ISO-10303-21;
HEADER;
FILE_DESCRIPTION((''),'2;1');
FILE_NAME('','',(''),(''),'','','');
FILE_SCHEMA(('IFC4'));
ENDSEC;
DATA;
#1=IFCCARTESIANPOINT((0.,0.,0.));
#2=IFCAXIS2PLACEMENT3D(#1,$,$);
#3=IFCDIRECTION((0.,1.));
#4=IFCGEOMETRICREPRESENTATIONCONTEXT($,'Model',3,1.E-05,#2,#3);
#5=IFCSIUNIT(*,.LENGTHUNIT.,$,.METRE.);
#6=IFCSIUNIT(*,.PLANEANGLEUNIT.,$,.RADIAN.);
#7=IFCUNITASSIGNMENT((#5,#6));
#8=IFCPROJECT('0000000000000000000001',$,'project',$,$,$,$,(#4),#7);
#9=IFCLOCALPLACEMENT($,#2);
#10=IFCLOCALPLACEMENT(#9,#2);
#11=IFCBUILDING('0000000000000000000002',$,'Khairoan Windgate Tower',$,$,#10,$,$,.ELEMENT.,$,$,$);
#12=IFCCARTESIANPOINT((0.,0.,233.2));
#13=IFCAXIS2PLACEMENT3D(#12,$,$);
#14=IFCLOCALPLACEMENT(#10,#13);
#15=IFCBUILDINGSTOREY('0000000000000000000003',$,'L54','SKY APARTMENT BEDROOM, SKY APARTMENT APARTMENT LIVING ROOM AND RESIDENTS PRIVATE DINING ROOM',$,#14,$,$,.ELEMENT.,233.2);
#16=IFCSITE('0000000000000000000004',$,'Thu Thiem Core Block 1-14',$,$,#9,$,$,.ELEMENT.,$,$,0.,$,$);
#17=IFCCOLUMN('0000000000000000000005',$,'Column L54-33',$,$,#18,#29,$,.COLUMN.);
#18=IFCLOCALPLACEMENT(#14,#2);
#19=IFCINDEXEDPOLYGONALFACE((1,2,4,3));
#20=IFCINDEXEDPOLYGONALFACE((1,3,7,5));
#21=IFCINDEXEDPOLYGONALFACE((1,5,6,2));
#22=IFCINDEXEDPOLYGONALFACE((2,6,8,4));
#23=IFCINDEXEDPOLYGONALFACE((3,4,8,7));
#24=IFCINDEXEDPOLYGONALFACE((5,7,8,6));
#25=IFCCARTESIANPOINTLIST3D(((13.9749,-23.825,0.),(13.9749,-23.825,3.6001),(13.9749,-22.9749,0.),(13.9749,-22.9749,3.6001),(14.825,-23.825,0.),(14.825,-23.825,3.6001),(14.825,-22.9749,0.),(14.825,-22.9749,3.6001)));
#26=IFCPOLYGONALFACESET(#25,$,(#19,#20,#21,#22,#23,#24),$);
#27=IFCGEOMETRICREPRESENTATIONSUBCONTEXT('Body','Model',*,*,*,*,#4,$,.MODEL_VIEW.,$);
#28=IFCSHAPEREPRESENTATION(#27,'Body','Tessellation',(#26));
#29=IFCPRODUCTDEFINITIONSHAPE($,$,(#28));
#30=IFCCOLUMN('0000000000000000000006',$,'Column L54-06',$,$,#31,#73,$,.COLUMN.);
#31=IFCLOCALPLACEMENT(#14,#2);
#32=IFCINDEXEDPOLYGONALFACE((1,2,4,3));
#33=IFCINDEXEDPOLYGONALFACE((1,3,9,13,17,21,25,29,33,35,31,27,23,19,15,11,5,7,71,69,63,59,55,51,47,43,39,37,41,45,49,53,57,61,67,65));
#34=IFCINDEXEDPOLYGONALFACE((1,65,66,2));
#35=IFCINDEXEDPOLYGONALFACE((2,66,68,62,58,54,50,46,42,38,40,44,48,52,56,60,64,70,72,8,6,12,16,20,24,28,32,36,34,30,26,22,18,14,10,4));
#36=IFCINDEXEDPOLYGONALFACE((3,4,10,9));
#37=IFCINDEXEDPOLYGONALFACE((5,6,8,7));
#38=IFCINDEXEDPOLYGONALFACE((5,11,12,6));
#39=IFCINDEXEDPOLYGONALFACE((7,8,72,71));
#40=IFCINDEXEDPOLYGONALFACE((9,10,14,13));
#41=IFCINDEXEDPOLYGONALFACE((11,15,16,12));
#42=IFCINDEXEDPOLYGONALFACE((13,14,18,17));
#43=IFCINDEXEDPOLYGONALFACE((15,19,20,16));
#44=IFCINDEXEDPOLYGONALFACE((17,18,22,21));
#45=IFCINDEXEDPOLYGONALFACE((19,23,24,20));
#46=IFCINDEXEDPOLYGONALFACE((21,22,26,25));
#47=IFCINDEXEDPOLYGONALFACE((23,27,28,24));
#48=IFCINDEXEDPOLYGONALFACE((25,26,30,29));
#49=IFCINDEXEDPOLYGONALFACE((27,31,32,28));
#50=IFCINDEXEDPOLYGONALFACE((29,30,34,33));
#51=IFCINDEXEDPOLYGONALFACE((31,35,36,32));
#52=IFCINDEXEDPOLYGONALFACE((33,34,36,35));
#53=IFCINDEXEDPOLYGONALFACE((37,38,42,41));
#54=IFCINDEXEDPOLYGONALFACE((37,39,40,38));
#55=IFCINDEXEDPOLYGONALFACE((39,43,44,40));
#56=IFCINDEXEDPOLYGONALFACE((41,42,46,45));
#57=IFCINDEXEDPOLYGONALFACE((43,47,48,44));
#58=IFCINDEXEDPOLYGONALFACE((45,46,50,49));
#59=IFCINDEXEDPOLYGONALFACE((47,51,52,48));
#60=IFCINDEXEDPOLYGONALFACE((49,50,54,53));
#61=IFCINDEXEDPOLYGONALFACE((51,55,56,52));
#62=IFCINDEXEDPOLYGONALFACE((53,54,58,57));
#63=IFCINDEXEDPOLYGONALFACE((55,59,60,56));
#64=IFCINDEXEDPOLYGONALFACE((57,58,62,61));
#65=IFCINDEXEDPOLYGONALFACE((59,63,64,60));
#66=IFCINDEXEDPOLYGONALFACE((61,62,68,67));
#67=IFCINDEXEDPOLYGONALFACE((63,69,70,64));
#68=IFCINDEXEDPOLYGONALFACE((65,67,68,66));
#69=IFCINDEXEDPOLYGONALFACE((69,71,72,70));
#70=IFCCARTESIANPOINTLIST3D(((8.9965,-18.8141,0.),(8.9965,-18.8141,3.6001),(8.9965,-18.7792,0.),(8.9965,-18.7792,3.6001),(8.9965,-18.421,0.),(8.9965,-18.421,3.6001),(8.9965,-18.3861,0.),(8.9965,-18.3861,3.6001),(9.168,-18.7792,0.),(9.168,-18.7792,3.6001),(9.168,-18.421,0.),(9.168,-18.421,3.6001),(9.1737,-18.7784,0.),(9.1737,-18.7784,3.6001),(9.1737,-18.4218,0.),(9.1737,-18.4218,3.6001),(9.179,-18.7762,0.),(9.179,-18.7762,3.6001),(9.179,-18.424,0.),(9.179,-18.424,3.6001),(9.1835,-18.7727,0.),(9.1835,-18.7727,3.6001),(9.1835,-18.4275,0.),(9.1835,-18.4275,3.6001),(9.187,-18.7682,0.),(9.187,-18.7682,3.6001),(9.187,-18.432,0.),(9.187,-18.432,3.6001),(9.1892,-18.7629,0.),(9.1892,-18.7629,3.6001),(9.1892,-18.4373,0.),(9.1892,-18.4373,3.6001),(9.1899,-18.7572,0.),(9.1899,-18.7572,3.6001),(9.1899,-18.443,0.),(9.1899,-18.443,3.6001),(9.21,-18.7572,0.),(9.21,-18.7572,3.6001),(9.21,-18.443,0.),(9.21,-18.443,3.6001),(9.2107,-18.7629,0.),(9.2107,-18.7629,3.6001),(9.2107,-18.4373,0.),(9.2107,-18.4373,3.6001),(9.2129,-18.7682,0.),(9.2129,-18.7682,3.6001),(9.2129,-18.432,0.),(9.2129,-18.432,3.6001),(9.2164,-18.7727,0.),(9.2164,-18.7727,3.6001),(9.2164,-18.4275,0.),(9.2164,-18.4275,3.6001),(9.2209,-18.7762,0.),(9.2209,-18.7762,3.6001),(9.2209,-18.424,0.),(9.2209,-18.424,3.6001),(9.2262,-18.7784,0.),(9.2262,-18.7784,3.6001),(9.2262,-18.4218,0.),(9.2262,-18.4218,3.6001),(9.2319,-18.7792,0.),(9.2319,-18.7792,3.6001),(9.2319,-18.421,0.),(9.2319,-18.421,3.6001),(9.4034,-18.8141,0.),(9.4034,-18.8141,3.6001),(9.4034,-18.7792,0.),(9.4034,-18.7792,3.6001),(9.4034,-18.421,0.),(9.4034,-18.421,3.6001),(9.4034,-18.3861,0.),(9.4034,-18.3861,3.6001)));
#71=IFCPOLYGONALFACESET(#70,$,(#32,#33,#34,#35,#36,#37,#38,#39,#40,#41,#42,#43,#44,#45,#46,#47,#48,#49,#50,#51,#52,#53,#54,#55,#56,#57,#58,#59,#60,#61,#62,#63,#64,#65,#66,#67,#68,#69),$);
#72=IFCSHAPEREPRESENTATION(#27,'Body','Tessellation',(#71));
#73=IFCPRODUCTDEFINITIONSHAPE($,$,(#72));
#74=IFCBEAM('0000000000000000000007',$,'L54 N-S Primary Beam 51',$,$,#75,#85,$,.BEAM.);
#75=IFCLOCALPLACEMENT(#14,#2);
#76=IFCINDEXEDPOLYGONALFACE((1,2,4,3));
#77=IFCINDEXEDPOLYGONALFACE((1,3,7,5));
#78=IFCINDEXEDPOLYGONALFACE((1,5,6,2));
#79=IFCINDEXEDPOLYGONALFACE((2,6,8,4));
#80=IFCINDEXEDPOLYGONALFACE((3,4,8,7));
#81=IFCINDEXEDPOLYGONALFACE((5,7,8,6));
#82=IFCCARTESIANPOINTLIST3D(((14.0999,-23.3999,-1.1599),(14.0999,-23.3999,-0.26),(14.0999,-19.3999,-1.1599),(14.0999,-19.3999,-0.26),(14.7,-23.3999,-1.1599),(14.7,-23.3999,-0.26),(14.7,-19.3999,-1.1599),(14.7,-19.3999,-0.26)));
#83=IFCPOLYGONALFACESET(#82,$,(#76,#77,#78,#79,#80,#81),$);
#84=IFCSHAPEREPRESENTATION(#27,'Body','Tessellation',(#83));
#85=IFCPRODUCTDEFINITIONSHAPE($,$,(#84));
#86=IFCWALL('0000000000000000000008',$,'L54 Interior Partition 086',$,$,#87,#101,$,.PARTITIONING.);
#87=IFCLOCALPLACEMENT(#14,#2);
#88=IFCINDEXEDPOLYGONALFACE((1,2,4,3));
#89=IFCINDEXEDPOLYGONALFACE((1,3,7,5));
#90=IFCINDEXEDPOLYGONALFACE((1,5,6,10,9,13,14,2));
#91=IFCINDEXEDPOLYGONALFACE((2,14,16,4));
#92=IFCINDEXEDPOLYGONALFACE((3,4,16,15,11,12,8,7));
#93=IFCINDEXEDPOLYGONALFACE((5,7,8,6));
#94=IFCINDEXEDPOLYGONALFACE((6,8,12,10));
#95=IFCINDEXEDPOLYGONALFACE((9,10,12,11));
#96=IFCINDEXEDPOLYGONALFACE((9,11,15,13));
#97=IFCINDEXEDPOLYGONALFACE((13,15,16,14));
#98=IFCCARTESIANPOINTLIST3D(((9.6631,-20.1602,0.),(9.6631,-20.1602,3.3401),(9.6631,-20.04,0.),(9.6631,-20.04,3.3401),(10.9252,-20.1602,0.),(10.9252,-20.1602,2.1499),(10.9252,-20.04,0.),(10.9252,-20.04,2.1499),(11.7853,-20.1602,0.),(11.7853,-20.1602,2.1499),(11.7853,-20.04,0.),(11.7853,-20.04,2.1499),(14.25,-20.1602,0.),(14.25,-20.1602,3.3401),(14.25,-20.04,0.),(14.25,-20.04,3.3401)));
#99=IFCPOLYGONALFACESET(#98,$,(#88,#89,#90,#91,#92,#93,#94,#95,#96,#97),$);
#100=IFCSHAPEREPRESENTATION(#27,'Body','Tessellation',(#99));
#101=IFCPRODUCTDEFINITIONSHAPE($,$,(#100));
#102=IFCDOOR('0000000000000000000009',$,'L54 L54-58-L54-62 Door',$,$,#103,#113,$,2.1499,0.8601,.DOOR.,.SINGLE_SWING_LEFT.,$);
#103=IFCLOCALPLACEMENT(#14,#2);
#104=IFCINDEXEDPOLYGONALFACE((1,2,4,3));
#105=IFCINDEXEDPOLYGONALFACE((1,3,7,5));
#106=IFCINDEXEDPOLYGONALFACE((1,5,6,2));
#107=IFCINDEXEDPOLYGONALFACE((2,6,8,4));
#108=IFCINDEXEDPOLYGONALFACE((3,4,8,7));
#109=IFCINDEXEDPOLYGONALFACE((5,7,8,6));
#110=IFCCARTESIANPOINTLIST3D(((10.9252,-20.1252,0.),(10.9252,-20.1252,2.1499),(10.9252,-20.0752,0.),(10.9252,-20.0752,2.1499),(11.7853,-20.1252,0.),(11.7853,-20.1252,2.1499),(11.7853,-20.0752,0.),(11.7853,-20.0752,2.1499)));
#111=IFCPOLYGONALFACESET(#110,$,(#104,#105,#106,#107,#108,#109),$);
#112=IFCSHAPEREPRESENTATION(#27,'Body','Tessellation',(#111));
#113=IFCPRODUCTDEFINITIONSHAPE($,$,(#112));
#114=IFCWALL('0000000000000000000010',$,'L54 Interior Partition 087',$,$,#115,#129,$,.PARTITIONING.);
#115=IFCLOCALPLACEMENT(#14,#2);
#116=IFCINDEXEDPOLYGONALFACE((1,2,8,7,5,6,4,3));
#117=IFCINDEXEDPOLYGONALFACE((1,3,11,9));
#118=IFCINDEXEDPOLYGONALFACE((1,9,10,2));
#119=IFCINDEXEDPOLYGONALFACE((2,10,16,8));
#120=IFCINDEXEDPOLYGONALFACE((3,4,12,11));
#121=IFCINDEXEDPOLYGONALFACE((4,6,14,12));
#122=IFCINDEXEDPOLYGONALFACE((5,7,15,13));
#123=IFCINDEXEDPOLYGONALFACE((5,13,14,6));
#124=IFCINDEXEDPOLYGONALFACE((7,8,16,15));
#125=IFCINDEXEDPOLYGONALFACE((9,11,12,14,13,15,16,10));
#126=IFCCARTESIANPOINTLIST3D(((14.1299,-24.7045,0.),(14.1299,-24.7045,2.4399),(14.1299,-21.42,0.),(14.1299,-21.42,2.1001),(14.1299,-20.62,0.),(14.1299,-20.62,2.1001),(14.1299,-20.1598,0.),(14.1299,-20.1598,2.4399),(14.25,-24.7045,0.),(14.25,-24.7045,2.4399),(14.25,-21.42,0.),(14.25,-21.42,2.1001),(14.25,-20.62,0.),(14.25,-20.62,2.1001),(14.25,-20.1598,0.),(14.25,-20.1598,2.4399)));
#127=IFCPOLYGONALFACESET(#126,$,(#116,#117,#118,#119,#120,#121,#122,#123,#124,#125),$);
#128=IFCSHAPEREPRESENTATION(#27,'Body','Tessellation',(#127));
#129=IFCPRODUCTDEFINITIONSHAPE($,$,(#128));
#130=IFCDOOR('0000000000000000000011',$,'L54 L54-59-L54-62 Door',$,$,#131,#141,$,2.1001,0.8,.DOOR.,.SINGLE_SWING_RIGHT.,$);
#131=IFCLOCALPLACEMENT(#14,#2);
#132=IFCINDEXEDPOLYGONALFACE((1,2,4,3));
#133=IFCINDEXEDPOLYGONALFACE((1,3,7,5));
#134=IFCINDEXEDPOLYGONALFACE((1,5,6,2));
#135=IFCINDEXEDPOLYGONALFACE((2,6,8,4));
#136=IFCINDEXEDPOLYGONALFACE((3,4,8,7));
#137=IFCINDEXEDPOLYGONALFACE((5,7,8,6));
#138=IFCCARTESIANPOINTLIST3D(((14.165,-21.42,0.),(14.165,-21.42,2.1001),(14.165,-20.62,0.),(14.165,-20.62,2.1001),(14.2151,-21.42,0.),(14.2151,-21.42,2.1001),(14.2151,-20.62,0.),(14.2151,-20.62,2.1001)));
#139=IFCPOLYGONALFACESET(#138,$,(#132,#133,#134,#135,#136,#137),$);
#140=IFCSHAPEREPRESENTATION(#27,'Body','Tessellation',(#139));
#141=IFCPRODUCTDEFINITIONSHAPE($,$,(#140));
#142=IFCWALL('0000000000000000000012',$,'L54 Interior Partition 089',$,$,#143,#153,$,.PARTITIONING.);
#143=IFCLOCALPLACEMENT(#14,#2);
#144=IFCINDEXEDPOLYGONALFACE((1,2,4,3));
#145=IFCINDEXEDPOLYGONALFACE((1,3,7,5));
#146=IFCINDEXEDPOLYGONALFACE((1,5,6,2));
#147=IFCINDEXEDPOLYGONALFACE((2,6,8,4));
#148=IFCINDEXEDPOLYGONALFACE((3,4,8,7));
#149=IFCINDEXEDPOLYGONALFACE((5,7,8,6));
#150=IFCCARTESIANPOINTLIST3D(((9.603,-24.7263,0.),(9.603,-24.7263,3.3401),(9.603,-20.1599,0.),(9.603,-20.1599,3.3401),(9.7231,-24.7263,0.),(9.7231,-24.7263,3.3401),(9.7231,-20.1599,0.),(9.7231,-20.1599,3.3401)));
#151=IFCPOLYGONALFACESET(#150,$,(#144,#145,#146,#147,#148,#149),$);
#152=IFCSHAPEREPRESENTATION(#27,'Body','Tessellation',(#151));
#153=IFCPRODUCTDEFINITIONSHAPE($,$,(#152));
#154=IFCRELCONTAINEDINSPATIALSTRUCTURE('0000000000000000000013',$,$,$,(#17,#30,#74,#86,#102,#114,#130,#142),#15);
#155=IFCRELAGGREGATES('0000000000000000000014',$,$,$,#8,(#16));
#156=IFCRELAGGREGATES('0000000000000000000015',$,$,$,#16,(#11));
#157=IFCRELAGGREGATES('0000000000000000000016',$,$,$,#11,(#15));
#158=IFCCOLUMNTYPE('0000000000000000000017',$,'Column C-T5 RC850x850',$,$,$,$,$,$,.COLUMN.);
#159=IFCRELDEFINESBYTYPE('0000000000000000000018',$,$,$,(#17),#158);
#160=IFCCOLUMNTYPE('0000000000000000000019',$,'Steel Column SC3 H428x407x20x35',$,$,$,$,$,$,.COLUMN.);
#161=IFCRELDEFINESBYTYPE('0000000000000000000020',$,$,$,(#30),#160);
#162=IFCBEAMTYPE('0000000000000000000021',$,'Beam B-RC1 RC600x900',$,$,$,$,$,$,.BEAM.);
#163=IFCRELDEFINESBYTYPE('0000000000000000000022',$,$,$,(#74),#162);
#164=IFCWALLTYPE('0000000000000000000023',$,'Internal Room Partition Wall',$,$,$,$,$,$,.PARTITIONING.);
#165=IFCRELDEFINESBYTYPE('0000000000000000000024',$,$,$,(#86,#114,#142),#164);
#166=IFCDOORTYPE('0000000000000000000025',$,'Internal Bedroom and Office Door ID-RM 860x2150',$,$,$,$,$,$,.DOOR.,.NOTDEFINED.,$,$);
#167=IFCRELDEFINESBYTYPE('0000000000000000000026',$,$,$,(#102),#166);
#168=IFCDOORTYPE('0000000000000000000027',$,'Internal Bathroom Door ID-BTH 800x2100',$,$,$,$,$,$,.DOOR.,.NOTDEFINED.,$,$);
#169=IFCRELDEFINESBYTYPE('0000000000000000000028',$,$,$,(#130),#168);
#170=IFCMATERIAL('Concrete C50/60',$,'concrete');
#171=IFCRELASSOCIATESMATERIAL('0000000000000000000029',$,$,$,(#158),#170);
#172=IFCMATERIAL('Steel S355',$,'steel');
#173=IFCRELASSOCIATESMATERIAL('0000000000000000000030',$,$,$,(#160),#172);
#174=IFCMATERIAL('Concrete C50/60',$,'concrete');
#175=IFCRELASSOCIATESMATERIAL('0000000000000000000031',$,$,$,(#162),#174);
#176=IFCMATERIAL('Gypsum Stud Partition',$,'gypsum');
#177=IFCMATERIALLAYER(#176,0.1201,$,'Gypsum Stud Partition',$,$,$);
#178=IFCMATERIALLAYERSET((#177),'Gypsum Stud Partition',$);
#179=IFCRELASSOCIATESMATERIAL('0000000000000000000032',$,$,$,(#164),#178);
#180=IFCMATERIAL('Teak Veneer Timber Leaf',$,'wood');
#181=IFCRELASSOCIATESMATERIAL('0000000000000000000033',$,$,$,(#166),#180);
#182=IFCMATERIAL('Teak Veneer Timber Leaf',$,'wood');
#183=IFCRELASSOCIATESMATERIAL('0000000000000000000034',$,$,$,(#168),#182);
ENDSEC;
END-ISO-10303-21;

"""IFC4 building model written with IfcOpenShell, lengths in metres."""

from ifc_helpers import new_model, si_unit, direction, frame, frame_2d, origin, origin_2d, place, context, subcontext, project, spatial, rectangle, i_section, extrude, material, layer, layer_set, material_profile, profile_set, type_object, element, fill, save


model = new_model("IFC4")

# Units and contexts
model_context = context("Model", 3, precision=1e-05, world=origin(), true_north=direction((0.0, 1.0)))
body_context = subcontext(model_context, "Body", "Model", "MODEL_VIEW")
ifc_project = project(units=[si_unit("LENGTHUNIT", "METRE"), si_unit("PLANEANGLEUNIT", "RADIAN")], contexts=[model_context])

# Site, building, storey
site_placement = place(None, origin())
site = spatial("IfcSite", under=ifc_project, at=site_placement, Name="Thu Thiem Core Block 1-14", CompositionType="ELEMENT", RefElevation=0.0)
building_placement = place(site_placement, origin())
building = spatial("IfcBuilding", under=site, at=building_placement, Name="Khairoan Windgate Tower", CompositionType="ELEMENT")
storey_placement = place(building_placement, frame((0.0, 0.0, 233.2)))
storey = spatial("IfcBuildingStorey", under=building, at=storey_placement, Name="L54", Description="SKY APARTMENT BEDROOM, SKY APARTMENT APARTMENT LIVING ROOM AND RESIDENTS PRIVATE DINING ROOM", CompositionType="ELEMENT", Elevation=233.2)

# Columns
ifc_material_1 = material(Name="Concrete C50/60", Category="concrete")
ifc_material_profile_1 = material_profile(ifc_material_1, rectangle(XDim=0.8501, YDim=0.8501, at=origin_2d()))
ifc_profile_set_1 = profile_set([ifc_material_profile_1], Name="Concrete C50/60")
column_type_1 = type_object("IfcColumnType", Name="Column C-T5 RC850x850", PredefinedType="COLUMN", material=ifc_profile_set_1)
column_1_placement = place(storey_placement, frame((14.3999, -23.3999, 0.0), z_axis=(0.0, 0.0, 1.0), x_axis=(1.0, 0.0, 0.0)))
element("IfcColumn", 1, at=column_1_placement, inside=storey, type_object=column_type_1, Name="Column L54-33", PredefinedType="COLUMN", context=body_context, shape_type="SweptSolid", body=[
    extrude(rectangle(XDim=0.8501, YDim=0.8501, at=origin_2d()), origin(), (0.0, 0.0, 1.0), 3.6001),
])
ifc_material_2 = material(Name="Steel S355", Category="steel")
ifc_material_profile_2 = material_profile(ifc_material_2, i_section(OverallWidth=0.407, OverallDepth=0.428, WebThickness=0.02, FlangeThickness=0.0349, FilletRadius=0.022, at=origin_2d()))
ifc_profile_set_2 = profile_set([ifc_material_profile_2], Name="Steel S355")
column_type_2 = type_object("IfcColumnType", Name="Steel Column SC3 H428x407x20x35", PredefinedType="COLUMN", material=ifc_profile_set_2)
column_2_placement = place(storey_placement, frame((9.2, -18.6001, 0.0), z_axis=(0.0, 0.0, 1.0), x_axis=(1.0, 0.0, 0.0)))
element("IfcColumn", 2, at=column_2_placement, inside=storey, type_object=column_type_2, Name="Column L54-06", PredefinedType="COLUMN", context=body_context, shape_type="SweptSolid", body=[
    extrude(i_section(OverallWidth=0.407, OverallDepth=0.428, WebThickness=0.02, FlangeThickness=0.0349, FilletRadius=0.022, at=origin_2d()), origin(), (0.0, 0.0, 1.0), 3.6001),
])

# Beam
ifc_material_3 = material(Name="Concrete C50/60", Category="concrete")
ifc_material_profile_3 = material_profile(ifc_material_3, rectangle(XDim=0.6001, YDim=0.8999, at=origin_2d()))
ifc_profile_set_3 = profile_set([ifc_material_profile_3], Name="Concrete C50/60")
beam_type = type_object("IfcBeamType", Name="Beam B-RC1 RC600x900", PredefinedType="BEAM", material=ifc_profile_set_3)
beam_placement = place(storey_placement, frame((14.3999, -23.3999, -0.71), z_axis=(0.0, 1.0, 0.0), x_axis=(-1.0, 0.0, 0.0)))
element("IfcBeam", 3, at=beam_placement, inside=storey, type_object=beam_type, Name="L54 N-S Primary Beam 51", PredefinedType="BEAM", context=body_context, shape_type="SweptSolid", body=[
    extrude(rectangle(XDim=0.6001, YDim=0.8999, at=origin_2d()), origin(), (0.0, 0.0, 1.0), 4.0),
])

# Walls, openings, doors
ifc_material_4 = material(Name="Gypsum Stud Partition", Category="gypsum")
ifc_layer_1 = layer(ifc_material_4, 0.1201, Name="Gypsum Stud Partition")
ifc_layer_set_1 = layer_set([ifc_layer_1], Name="Gypsum Stud Partition")
wall_type_1 = type_object("IfcWallType", Name="Internal Room Partition Wall", PredefinedType="PARTITIONING", material=ifc_layer_set_1)
wall_1_placement = place(storey_placement, frame((9.6631, -20.1001, 0.0), z_axis=(0.0, 0.0, 1.0), x_axis=(1.0, 0.0, 0.0)))
wall_1 = element("IfcWall", 4, at=wall_1_placement, inside=storey, type_object=wall_type_1, Name="L54 Interior Partition 086", PredefinedType="PARTITIONING", context=body_context, shape_type="SweptSolid", body=[
    extrude(rectangle(XDim=4.5869, YDim=0.1201, at=frame_2d((2.2935, 0.0))), origin(), (0.0, 0.0, 1.0), 3.3401),
])
opening_1_placement = place(wall_1_placement, frame((1.262, 0.0, 0.0)))
opening_1 = element("IfcOpeningElement", 5, at=opening_1_placement, cuts=wall_1, PredefinedType="OPENING", context=body_context, shape_type="SweptSolid", body=[
    extrude(rectangle(XDim=0.8601, YDim=2.1499, at=frame_2d((0.4302, 1.075))), frame((0.0, 0.0701, 0.0), z_axis=(0.0, -1.0, 0.0), x_axis=(1.0, 0.0, 0.0)), (0.0, 0.0, 1.0), 0.1401),
])
ifc_material_5 = material(Name="Teak Veneer Timber Leaf", Category="wood")
door_type_1 = type_object("IfcDoorType", Name="Internal Bedroom and Office Door ID-RM 860x2150", OperationType="NOTDEFINED", PredefinedType="DOOR", material=ifc_material_5)
door_1_placement = place(opening_1_placement, origin())
door_1 = element("IfcDoor", 6, at=door_1_placement, inside=storey, type_object=door_type_1, Name="L54 L54-58-L54-62 Door", OperationType="SINGLE_SWING_LEFT", OverallHeight=2.1499, OverallWidth=0.8601, PredefinedType="DOOR", context=body_context, shape_type="SweptSolid", body=[
    extrude(rectangle(XDim=0.8601, YDim=2.1499, at=frame_2d((0.4302, 1.075))), frame((0.0, 0.0249, 0.0), z_axis=(0.0, -1.0, 0.0), x_axis=(1.0, 0.0, 0.0)), (0.0, 0.0, 1.0), 0.05),
])
fill(opening_1, door_1)
wall_2_placement = place(storey_placement, frame((14.1899, -24.7046, 0.0), z_axis=(0.0, 0.0, 1.0), x_axis=(0.0, 1.0, 0.0)))
wall_2 = element("IfcWall", 7, at=wall_2_placement, inside=storey, type_object=wall_type_1, Name="L54 Interior Partition 087", PredefinedType="PARTITIONING", context=body_context, shape_type="SweptSolid", body=[
    extrude(rectangle(XDim=4.5447, YDim=0.1201, at=frame_2d((2.2725, 0.0))), origin(), (0.0, 0.0, 1.0), 2.4399),
])
opening_2_placement = place(wall_2_placement, frame((3.2847, 0.0, 0.0)))
opening_2 = element("IfcOpeningElement", 8, at=opening_2_placement, cuts=wall_2, PredefinedType="OPENING", context=body_context, shape_type="SweptSolid", body=[
    extrude(rectangle(XDim=0.8, YDim=2.1001, at=frame_2d((0.3999, 1.05))), frame((0.0, 0.0701, 0.0), z_axis=(0.0, -1.0, 0.0), x_axis=(1.0, 0.0, 0.0)), (0.0, 0.0, 1.0), 0.1401),
])
ifc_material_6 = material(Name="Teak Veneer Timber Leaf", Category="wood")
door_type_2 = type_object("IfcDoorType", Name="Internal Bathroom Door ID-BTH 800x2100", OperationType="NOTDEFINED", PredefinedType="DOOR", material=ifc_material_6)
door_2_placement = place(opening_2_placement, origin())
door_2 = element("IfcDoor", 9, at=door_2_placement, inside=storey, type_object=door_type_2, Name="L54 L54-59-L54-62 Door", OperationType="SINGLE_SWING_RIGHT", OverallHeight=2.1001, OverallWidth=0.8, PredefinedType="DOOR", context=body_context, shape_type="SweptSolid", body=[
    extrude(rectangle(XDim=0.8, YDim=2.1001, at=frame_2d((0.3999, 1.05))), frame((0.0, 0.0249, 0.0), z_axis=(0.0, -1.0, 0.0), x_axis=(1.0, 0.0, 0.0)), (0.0, 0.0, 1.0), 0.05),
])
fill(opening_2, door_2)

# Wall
wall_3_placement = place(storey_placement, frame((9.6631, -24.7263, 0.0), z_axis=(0.0, 0.0, 1.0), x_axis=(0.0, 1.0, 0.0)))
element("IfcWall", 10, at=wall_3_placement, inside=storey, type_object=wall_type_1, Name="L54 Interior Partition 089", PredefinedType="PARTITIONING", context=body_context, shape_type="SweptSolid", body=[
    extrude(rectangle(XDim=4.5664, YDim=0.1201, at=frame_2d((2.2832, 0.0))), origin(), (0.0, 0.0, 1.0), 3.3401),
])

save(model, "model.ifc")
